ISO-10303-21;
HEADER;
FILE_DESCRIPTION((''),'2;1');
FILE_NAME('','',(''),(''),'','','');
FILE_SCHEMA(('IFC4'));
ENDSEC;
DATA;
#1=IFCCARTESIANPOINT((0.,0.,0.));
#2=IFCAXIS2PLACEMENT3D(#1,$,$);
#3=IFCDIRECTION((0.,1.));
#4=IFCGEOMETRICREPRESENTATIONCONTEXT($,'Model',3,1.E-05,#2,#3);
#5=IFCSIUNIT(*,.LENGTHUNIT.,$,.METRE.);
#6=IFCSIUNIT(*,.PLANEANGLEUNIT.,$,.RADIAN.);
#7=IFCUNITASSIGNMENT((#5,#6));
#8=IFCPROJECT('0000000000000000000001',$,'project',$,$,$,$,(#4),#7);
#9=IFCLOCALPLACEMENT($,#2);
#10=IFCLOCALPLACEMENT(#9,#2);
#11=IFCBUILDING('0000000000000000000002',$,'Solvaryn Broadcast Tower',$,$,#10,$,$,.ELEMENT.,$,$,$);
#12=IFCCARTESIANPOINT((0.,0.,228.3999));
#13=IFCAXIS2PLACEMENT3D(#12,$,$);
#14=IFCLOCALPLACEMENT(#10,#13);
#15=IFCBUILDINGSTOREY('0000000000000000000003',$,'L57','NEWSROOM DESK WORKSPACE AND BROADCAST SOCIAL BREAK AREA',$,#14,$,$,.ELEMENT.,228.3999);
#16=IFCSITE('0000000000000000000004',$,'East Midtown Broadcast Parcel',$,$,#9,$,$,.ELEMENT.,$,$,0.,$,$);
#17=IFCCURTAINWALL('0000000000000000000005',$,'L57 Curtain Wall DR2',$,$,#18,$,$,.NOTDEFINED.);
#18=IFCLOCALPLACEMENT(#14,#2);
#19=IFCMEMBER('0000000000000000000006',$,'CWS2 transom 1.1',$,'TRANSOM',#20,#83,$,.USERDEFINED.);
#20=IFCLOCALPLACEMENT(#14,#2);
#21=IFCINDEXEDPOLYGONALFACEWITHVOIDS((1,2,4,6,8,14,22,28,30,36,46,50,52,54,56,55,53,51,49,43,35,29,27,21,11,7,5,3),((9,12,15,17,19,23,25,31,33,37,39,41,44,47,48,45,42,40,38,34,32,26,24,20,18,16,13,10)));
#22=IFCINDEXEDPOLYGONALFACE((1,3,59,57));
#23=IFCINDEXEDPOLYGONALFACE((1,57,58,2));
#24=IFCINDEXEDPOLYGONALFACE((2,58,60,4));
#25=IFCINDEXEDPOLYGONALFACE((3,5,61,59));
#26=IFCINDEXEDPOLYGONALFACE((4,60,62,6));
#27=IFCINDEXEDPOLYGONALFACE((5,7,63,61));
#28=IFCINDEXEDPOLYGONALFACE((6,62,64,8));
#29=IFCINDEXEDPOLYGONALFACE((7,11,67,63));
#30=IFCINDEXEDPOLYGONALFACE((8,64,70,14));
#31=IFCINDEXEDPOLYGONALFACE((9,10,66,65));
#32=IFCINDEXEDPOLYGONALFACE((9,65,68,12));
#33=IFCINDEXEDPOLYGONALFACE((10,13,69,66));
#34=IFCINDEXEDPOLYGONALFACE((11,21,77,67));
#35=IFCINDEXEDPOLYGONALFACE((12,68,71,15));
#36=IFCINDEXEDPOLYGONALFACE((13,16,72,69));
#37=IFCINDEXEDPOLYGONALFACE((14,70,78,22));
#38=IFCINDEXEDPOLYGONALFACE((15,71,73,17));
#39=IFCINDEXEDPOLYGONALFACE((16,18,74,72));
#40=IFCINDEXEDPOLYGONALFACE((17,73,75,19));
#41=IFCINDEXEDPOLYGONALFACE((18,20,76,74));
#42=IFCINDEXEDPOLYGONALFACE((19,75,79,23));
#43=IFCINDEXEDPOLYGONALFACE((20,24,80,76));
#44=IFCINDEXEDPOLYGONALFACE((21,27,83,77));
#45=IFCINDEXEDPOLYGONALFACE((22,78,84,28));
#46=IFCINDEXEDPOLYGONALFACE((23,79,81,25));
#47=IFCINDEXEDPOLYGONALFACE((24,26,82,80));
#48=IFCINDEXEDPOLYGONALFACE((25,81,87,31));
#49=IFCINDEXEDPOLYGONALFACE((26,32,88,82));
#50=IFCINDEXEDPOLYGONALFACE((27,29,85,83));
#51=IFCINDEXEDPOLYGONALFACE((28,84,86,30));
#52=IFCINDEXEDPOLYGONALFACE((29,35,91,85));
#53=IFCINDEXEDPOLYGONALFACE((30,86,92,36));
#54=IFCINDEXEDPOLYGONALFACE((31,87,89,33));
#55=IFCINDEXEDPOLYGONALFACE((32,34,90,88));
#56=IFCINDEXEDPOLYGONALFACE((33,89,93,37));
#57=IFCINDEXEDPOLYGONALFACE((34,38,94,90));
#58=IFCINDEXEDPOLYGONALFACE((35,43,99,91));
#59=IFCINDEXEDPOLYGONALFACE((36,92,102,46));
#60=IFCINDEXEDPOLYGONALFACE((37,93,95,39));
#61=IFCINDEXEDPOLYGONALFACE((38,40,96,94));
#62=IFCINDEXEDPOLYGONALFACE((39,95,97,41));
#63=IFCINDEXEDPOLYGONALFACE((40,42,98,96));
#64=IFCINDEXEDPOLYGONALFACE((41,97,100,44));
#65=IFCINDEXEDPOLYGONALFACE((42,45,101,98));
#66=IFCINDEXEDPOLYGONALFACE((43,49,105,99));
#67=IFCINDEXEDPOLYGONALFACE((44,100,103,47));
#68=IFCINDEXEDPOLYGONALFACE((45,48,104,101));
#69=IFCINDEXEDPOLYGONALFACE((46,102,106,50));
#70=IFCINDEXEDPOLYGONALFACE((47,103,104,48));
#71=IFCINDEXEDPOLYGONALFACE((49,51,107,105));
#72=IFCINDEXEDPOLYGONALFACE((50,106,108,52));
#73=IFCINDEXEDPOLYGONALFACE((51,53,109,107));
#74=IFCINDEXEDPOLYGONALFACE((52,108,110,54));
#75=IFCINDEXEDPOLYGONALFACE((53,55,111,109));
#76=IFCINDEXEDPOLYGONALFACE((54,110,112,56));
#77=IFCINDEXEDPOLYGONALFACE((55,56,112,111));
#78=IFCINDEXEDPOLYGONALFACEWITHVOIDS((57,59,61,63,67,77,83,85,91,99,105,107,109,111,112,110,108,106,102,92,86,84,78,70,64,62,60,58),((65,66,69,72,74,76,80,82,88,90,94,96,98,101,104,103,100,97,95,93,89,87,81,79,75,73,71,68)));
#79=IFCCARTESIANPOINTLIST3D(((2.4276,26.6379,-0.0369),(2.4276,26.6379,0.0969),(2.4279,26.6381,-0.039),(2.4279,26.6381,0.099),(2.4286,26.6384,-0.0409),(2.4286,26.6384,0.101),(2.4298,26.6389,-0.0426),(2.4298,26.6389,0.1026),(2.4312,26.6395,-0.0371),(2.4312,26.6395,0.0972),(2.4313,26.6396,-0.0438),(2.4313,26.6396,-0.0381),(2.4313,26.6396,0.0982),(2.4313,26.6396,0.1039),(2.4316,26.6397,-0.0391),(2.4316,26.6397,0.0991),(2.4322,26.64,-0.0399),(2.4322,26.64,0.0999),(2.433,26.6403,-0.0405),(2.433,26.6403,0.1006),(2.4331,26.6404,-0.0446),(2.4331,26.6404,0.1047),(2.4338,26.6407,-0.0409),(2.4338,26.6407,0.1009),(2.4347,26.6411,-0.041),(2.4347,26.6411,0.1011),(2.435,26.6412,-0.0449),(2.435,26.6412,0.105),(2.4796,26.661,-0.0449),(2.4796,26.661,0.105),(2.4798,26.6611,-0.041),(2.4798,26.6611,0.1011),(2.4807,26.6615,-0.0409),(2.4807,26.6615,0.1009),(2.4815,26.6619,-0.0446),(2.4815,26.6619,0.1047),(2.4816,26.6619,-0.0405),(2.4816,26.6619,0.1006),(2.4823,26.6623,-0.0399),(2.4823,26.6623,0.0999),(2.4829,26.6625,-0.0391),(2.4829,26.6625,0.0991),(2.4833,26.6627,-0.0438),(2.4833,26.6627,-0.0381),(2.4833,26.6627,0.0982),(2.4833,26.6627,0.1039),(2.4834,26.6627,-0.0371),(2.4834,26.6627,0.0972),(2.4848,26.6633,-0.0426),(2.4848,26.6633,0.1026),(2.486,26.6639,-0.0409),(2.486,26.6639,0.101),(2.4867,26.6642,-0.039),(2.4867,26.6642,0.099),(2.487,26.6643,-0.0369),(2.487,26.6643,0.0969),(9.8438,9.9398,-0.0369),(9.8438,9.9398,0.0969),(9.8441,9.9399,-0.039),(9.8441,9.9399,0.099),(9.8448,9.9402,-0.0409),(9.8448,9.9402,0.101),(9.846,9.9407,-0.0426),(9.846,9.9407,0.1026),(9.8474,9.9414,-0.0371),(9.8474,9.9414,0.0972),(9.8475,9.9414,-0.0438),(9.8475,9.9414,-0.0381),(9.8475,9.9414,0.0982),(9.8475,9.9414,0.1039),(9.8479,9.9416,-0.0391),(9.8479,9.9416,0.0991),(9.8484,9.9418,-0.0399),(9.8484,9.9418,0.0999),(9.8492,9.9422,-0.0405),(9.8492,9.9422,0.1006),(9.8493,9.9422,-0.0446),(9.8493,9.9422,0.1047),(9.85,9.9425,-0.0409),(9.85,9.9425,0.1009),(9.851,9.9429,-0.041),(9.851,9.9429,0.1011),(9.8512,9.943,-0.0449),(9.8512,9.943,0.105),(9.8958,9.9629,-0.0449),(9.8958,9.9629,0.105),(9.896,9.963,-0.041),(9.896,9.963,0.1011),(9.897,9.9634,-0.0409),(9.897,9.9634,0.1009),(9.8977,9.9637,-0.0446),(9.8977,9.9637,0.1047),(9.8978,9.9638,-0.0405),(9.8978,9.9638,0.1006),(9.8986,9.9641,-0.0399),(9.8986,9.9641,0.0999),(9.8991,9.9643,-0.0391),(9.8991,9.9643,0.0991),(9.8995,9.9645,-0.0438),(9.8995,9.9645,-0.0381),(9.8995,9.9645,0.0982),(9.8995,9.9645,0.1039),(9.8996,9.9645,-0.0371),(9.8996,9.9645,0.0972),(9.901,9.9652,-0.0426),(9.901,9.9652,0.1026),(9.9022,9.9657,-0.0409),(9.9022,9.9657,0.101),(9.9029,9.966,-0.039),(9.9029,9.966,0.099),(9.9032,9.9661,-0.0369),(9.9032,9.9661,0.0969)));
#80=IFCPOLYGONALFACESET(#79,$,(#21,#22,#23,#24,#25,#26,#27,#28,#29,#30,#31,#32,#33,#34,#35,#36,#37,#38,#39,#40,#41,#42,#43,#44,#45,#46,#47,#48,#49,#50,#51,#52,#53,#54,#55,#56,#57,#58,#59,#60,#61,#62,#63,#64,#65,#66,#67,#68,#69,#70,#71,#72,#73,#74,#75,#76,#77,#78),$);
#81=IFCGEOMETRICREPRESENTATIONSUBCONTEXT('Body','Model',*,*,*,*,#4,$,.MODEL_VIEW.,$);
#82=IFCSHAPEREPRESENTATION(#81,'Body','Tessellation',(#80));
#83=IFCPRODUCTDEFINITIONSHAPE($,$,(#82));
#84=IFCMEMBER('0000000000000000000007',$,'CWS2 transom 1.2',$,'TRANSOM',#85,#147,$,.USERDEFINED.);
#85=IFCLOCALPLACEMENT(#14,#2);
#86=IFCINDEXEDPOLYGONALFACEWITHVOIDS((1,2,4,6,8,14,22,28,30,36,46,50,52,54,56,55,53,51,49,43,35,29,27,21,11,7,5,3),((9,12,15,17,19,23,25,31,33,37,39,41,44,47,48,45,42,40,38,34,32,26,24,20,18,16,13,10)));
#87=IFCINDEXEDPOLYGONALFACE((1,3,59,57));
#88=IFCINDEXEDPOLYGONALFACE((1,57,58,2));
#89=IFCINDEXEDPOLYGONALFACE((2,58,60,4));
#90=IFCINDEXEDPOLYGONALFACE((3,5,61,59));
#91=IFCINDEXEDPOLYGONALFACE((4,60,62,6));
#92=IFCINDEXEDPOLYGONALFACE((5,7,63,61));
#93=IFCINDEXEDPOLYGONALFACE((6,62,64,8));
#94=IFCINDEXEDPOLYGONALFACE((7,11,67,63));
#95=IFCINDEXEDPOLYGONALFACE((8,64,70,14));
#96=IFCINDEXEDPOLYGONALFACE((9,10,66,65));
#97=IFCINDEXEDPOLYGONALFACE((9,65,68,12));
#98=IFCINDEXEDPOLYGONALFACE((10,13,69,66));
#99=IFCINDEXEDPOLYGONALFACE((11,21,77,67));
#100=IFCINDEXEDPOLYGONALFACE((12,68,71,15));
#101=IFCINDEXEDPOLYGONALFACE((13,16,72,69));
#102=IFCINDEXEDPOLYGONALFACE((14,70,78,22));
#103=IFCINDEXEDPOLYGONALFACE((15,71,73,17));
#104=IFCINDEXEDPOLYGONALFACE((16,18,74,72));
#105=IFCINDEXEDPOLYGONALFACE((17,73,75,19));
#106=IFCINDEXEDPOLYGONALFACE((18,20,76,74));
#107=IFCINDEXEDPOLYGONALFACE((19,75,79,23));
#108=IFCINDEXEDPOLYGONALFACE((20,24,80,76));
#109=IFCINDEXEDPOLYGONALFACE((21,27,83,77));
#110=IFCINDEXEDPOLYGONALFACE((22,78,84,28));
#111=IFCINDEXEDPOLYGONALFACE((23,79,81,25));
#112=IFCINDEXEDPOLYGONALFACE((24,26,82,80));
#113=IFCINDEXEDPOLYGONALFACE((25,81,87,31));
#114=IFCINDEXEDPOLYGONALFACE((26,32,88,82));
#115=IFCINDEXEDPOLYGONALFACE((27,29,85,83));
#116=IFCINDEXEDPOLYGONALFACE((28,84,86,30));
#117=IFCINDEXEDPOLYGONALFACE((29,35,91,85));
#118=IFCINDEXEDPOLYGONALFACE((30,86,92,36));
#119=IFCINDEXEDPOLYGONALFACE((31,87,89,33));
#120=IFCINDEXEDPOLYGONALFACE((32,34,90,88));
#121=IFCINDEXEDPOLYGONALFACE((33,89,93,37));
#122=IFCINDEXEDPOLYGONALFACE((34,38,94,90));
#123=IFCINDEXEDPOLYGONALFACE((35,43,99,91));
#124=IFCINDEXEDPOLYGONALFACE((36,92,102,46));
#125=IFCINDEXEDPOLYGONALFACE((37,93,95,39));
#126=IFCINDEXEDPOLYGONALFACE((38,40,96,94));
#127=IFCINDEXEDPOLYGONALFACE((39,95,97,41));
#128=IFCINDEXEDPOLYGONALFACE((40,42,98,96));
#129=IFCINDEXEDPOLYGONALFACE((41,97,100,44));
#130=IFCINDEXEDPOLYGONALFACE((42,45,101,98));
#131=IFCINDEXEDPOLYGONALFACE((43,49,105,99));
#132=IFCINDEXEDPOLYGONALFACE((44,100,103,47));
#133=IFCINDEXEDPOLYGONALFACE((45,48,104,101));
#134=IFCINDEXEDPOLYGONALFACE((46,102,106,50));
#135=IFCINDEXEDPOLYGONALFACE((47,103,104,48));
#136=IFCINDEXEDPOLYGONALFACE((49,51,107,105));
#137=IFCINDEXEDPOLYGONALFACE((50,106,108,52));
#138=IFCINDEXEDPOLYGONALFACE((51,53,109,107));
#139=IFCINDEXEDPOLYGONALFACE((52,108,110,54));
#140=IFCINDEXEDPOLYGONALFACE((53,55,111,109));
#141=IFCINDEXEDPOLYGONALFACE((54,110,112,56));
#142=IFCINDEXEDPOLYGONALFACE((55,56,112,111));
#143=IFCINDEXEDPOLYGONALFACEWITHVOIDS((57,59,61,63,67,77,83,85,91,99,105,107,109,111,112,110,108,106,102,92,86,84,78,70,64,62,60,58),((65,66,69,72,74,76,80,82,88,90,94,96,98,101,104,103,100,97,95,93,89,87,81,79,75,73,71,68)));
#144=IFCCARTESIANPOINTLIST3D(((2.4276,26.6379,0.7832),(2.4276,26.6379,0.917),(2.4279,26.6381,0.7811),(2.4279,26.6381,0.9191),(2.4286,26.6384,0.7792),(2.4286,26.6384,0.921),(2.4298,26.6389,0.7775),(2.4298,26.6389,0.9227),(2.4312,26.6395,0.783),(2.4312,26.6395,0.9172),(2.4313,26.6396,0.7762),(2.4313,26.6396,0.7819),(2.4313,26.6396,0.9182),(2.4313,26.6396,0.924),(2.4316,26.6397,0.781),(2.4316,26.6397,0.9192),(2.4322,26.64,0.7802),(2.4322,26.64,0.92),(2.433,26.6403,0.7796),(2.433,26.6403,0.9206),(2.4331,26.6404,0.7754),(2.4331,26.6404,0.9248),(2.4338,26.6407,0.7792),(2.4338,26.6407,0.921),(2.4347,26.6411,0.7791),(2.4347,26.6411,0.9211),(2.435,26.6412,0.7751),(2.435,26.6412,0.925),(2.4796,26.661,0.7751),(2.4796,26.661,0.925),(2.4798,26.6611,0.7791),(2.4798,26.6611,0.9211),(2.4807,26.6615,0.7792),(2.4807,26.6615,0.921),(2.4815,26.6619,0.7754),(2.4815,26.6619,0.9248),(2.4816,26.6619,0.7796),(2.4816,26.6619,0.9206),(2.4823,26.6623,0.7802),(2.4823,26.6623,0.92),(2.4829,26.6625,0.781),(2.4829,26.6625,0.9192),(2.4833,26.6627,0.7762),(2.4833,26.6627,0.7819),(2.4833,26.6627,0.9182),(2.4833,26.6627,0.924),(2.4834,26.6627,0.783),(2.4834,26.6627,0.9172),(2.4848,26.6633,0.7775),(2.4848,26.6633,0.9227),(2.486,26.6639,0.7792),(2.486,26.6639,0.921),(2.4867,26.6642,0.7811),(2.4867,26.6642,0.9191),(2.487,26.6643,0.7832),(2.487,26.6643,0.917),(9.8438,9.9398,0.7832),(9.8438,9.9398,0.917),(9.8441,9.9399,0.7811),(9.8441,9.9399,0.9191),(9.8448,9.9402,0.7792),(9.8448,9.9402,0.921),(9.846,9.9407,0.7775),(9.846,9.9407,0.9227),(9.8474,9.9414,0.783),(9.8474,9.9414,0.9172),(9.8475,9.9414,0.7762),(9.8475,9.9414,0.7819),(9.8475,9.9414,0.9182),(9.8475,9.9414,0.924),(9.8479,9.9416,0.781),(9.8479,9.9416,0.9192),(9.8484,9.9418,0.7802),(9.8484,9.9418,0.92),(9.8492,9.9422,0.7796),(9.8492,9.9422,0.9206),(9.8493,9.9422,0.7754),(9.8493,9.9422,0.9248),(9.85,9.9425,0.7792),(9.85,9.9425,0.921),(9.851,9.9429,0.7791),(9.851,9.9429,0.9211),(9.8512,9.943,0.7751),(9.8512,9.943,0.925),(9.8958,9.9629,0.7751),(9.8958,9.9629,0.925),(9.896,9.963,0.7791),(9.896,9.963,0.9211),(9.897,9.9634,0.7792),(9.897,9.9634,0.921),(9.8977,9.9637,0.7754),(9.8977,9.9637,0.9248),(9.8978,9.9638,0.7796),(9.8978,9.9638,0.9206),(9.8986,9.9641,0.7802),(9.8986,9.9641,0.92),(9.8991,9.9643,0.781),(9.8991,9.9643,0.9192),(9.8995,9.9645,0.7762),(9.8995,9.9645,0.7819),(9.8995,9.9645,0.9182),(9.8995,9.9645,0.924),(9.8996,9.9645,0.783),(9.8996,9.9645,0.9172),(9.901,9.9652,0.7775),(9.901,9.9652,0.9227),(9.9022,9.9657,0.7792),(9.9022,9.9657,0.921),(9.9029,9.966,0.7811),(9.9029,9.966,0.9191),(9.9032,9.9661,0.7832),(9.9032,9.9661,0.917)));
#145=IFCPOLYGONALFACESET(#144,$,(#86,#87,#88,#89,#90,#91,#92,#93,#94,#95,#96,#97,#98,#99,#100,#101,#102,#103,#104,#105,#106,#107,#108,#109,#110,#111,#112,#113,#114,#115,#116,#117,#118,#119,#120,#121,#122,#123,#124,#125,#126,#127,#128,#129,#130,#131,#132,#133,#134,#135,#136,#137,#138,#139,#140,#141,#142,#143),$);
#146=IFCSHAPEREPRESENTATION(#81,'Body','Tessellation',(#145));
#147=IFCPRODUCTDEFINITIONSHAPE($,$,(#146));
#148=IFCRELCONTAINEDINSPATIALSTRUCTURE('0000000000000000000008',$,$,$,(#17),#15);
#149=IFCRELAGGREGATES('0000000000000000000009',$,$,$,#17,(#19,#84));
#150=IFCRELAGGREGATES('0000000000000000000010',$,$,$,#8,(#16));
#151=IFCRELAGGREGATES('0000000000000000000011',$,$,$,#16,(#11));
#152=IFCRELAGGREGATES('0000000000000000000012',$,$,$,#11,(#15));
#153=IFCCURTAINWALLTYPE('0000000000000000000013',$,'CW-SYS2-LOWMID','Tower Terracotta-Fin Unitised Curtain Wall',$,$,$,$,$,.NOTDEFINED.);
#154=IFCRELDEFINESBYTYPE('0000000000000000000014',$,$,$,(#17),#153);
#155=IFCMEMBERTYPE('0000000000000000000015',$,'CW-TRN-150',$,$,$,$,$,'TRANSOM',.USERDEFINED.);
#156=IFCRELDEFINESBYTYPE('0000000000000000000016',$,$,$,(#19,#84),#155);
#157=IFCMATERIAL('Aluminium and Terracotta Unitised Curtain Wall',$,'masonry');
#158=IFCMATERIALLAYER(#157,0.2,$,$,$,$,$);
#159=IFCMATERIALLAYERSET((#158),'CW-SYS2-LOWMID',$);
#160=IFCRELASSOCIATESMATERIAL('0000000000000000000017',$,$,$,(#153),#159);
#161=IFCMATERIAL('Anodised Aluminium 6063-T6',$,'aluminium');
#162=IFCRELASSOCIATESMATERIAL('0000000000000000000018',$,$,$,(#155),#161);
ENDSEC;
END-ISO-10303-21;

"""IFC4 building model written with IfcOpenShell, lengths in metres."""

from ifc_helpers import new_model, si_unit, direction, frame, origin, origin_2d, place, context, subcontext, project, spatial, hollow_rectangle, extrude, material, layer, layer_set, material_profile, profile_set, type_object, element, aggregate, save


model = new_model("IFC4")

# Units and contexts
model_context = context("Model", 3, precision=1e-05, world=origin(), true_north=direction((0.0, 1.0)))
body_context = subcontext(model_context, "Body", "Model", "MODEL_VIEW")
ifc_project = project(units=[si_unit("LENGTHUNIT", "METRE"), si_unit("PLANEANGLEUNIT", "RADIAN")], contexts=[model_context])

# Site, building, storey
site_placement = place(None, origin())
site = spatial("IfcSite", under=ifc_project, at=site_placement, Name="East Midtown Broadcast Parcel", CompositionType="ELEMENT", RefElevation=0.0)
building_placement = place(site_placement, origin())
building = spatial("IfcBuilding", under=site, at=building_placement, Name="Solvaryn Broadcast Tower", CompositionType="ELEMENT")
storey_placement = place(building_placement, frame((0.0, 0.0, 228.3999)))
storey = spatial("IfcBuildingStorey", under=building, at=storey_placement, Name="L57", Description="NEWSROOM DESK WORKSPACE AND BROADCAST SOCIAL BREAK AREA", CompositionType="ELEMENT", Elevation=228.3999)

# Shared definitions
ifc_material_1 = material(Name="Aluminium and Terracotta Unitised Curtain Wall", Category="masonry")
ifc_layer_1 = layer(ifc_material_1, 0.2)
ifc_layer_set_1 = layer_set([ifc_layer_1], Name="CW-SYS2-LOWMID")
curtain_wall_type = type_object("IfcCurtainWallType", Name="CW-SYS2-LOWMID", Description="Tower Terracotta-Fin Unitised Curtain Wall", PredefinedType="NOTDEFINED", material=ifc_layer_set_1)

# Curtain wall, members
curtain_wall_1_placement = place(storey_placement, origin())
curtain_wall_1 = element("IfcCurtainWall", 1, at=curtain_wall_1_placement, inside=storey, type_object=curtain_wall_type, Name="L57 Curtain Wall DR2", PredefinedType="NOTDEFINED")
ifc_material_2 = material(Name="Anodised Aluminium 6063-T6", Category="aluminium")
ifc_material_profile_1 = material_profile(ifc_material_2, hollow_rectangle(XDim=0.0649, YDim=0.1499, WallThickness=0.0039, InnerFilletRadius=0.0039, OuterFilletRadius=0.0081, at=origin_2d()))
ifc_profile_set_1 = profile_set([ifc_material_profile_1], Name="Anodised Aluminium 6063-T6")
member_type_1 = type_object("IfcMemberType", Name="CW-TRN-150", ElementType="TRANSOM", PredefinedType="USERDEFINED", material=ifc_profile_set_1)
member_1_placement = place(storey_placement, frame((2.4573, 26.6511, 0.03), z_axis=(0.405902, -0.913917, 0.0), x_axis=(0.913917, 0.405902, 0.0)))
member_1 = element("IfcMember", 2, at=member_1_placement, type_object=member_type_1, Name="CWS2 transom 1.1", ObjectType="TRANSOM", PredefinedType="USERDEFINED", context=body_context, shape_type="SweptSolid", body=[
    extrude(hollow_rectangle(XDim=0.0649, YDim=0.1499, WallThickness=0.0039, InnerFilletRadius=0.0039, OuterFilletRadius=0.0081, at=origin_2d()), origin(), (0.0, 0.0, 1.0), 18.271),
])
member_2_placement = place(storey_placement, frame((2.4573, 26.6511, 0.8501), z_axis=(0.405902, -0.913917, 0.0), x_axis=(0.913917, 0.405902, 0.0)))
member_2 = element("IfcMember", 3, at=member_2_placement, type_object=member_type_1, Name="CWS2 transom 1.2", ObjectType="TRANSOM", PredefinedType="USERDEFINED", context=body_context, shape_type="SweptSolid", body=[
    extrude(hollow_rectangle(XDim=0.0649, YDim=0.1499, WallThickness=0.0039, InnerFilletRadius=0.0039, OuterFilletRadius=0.0081, at=origin_2d()), origin(), (0.0, 0.0, 1.0), 18.271),
])
aggregate(curtain_wall_1, [member_1, member_2])

save(model, "model.ifc")
